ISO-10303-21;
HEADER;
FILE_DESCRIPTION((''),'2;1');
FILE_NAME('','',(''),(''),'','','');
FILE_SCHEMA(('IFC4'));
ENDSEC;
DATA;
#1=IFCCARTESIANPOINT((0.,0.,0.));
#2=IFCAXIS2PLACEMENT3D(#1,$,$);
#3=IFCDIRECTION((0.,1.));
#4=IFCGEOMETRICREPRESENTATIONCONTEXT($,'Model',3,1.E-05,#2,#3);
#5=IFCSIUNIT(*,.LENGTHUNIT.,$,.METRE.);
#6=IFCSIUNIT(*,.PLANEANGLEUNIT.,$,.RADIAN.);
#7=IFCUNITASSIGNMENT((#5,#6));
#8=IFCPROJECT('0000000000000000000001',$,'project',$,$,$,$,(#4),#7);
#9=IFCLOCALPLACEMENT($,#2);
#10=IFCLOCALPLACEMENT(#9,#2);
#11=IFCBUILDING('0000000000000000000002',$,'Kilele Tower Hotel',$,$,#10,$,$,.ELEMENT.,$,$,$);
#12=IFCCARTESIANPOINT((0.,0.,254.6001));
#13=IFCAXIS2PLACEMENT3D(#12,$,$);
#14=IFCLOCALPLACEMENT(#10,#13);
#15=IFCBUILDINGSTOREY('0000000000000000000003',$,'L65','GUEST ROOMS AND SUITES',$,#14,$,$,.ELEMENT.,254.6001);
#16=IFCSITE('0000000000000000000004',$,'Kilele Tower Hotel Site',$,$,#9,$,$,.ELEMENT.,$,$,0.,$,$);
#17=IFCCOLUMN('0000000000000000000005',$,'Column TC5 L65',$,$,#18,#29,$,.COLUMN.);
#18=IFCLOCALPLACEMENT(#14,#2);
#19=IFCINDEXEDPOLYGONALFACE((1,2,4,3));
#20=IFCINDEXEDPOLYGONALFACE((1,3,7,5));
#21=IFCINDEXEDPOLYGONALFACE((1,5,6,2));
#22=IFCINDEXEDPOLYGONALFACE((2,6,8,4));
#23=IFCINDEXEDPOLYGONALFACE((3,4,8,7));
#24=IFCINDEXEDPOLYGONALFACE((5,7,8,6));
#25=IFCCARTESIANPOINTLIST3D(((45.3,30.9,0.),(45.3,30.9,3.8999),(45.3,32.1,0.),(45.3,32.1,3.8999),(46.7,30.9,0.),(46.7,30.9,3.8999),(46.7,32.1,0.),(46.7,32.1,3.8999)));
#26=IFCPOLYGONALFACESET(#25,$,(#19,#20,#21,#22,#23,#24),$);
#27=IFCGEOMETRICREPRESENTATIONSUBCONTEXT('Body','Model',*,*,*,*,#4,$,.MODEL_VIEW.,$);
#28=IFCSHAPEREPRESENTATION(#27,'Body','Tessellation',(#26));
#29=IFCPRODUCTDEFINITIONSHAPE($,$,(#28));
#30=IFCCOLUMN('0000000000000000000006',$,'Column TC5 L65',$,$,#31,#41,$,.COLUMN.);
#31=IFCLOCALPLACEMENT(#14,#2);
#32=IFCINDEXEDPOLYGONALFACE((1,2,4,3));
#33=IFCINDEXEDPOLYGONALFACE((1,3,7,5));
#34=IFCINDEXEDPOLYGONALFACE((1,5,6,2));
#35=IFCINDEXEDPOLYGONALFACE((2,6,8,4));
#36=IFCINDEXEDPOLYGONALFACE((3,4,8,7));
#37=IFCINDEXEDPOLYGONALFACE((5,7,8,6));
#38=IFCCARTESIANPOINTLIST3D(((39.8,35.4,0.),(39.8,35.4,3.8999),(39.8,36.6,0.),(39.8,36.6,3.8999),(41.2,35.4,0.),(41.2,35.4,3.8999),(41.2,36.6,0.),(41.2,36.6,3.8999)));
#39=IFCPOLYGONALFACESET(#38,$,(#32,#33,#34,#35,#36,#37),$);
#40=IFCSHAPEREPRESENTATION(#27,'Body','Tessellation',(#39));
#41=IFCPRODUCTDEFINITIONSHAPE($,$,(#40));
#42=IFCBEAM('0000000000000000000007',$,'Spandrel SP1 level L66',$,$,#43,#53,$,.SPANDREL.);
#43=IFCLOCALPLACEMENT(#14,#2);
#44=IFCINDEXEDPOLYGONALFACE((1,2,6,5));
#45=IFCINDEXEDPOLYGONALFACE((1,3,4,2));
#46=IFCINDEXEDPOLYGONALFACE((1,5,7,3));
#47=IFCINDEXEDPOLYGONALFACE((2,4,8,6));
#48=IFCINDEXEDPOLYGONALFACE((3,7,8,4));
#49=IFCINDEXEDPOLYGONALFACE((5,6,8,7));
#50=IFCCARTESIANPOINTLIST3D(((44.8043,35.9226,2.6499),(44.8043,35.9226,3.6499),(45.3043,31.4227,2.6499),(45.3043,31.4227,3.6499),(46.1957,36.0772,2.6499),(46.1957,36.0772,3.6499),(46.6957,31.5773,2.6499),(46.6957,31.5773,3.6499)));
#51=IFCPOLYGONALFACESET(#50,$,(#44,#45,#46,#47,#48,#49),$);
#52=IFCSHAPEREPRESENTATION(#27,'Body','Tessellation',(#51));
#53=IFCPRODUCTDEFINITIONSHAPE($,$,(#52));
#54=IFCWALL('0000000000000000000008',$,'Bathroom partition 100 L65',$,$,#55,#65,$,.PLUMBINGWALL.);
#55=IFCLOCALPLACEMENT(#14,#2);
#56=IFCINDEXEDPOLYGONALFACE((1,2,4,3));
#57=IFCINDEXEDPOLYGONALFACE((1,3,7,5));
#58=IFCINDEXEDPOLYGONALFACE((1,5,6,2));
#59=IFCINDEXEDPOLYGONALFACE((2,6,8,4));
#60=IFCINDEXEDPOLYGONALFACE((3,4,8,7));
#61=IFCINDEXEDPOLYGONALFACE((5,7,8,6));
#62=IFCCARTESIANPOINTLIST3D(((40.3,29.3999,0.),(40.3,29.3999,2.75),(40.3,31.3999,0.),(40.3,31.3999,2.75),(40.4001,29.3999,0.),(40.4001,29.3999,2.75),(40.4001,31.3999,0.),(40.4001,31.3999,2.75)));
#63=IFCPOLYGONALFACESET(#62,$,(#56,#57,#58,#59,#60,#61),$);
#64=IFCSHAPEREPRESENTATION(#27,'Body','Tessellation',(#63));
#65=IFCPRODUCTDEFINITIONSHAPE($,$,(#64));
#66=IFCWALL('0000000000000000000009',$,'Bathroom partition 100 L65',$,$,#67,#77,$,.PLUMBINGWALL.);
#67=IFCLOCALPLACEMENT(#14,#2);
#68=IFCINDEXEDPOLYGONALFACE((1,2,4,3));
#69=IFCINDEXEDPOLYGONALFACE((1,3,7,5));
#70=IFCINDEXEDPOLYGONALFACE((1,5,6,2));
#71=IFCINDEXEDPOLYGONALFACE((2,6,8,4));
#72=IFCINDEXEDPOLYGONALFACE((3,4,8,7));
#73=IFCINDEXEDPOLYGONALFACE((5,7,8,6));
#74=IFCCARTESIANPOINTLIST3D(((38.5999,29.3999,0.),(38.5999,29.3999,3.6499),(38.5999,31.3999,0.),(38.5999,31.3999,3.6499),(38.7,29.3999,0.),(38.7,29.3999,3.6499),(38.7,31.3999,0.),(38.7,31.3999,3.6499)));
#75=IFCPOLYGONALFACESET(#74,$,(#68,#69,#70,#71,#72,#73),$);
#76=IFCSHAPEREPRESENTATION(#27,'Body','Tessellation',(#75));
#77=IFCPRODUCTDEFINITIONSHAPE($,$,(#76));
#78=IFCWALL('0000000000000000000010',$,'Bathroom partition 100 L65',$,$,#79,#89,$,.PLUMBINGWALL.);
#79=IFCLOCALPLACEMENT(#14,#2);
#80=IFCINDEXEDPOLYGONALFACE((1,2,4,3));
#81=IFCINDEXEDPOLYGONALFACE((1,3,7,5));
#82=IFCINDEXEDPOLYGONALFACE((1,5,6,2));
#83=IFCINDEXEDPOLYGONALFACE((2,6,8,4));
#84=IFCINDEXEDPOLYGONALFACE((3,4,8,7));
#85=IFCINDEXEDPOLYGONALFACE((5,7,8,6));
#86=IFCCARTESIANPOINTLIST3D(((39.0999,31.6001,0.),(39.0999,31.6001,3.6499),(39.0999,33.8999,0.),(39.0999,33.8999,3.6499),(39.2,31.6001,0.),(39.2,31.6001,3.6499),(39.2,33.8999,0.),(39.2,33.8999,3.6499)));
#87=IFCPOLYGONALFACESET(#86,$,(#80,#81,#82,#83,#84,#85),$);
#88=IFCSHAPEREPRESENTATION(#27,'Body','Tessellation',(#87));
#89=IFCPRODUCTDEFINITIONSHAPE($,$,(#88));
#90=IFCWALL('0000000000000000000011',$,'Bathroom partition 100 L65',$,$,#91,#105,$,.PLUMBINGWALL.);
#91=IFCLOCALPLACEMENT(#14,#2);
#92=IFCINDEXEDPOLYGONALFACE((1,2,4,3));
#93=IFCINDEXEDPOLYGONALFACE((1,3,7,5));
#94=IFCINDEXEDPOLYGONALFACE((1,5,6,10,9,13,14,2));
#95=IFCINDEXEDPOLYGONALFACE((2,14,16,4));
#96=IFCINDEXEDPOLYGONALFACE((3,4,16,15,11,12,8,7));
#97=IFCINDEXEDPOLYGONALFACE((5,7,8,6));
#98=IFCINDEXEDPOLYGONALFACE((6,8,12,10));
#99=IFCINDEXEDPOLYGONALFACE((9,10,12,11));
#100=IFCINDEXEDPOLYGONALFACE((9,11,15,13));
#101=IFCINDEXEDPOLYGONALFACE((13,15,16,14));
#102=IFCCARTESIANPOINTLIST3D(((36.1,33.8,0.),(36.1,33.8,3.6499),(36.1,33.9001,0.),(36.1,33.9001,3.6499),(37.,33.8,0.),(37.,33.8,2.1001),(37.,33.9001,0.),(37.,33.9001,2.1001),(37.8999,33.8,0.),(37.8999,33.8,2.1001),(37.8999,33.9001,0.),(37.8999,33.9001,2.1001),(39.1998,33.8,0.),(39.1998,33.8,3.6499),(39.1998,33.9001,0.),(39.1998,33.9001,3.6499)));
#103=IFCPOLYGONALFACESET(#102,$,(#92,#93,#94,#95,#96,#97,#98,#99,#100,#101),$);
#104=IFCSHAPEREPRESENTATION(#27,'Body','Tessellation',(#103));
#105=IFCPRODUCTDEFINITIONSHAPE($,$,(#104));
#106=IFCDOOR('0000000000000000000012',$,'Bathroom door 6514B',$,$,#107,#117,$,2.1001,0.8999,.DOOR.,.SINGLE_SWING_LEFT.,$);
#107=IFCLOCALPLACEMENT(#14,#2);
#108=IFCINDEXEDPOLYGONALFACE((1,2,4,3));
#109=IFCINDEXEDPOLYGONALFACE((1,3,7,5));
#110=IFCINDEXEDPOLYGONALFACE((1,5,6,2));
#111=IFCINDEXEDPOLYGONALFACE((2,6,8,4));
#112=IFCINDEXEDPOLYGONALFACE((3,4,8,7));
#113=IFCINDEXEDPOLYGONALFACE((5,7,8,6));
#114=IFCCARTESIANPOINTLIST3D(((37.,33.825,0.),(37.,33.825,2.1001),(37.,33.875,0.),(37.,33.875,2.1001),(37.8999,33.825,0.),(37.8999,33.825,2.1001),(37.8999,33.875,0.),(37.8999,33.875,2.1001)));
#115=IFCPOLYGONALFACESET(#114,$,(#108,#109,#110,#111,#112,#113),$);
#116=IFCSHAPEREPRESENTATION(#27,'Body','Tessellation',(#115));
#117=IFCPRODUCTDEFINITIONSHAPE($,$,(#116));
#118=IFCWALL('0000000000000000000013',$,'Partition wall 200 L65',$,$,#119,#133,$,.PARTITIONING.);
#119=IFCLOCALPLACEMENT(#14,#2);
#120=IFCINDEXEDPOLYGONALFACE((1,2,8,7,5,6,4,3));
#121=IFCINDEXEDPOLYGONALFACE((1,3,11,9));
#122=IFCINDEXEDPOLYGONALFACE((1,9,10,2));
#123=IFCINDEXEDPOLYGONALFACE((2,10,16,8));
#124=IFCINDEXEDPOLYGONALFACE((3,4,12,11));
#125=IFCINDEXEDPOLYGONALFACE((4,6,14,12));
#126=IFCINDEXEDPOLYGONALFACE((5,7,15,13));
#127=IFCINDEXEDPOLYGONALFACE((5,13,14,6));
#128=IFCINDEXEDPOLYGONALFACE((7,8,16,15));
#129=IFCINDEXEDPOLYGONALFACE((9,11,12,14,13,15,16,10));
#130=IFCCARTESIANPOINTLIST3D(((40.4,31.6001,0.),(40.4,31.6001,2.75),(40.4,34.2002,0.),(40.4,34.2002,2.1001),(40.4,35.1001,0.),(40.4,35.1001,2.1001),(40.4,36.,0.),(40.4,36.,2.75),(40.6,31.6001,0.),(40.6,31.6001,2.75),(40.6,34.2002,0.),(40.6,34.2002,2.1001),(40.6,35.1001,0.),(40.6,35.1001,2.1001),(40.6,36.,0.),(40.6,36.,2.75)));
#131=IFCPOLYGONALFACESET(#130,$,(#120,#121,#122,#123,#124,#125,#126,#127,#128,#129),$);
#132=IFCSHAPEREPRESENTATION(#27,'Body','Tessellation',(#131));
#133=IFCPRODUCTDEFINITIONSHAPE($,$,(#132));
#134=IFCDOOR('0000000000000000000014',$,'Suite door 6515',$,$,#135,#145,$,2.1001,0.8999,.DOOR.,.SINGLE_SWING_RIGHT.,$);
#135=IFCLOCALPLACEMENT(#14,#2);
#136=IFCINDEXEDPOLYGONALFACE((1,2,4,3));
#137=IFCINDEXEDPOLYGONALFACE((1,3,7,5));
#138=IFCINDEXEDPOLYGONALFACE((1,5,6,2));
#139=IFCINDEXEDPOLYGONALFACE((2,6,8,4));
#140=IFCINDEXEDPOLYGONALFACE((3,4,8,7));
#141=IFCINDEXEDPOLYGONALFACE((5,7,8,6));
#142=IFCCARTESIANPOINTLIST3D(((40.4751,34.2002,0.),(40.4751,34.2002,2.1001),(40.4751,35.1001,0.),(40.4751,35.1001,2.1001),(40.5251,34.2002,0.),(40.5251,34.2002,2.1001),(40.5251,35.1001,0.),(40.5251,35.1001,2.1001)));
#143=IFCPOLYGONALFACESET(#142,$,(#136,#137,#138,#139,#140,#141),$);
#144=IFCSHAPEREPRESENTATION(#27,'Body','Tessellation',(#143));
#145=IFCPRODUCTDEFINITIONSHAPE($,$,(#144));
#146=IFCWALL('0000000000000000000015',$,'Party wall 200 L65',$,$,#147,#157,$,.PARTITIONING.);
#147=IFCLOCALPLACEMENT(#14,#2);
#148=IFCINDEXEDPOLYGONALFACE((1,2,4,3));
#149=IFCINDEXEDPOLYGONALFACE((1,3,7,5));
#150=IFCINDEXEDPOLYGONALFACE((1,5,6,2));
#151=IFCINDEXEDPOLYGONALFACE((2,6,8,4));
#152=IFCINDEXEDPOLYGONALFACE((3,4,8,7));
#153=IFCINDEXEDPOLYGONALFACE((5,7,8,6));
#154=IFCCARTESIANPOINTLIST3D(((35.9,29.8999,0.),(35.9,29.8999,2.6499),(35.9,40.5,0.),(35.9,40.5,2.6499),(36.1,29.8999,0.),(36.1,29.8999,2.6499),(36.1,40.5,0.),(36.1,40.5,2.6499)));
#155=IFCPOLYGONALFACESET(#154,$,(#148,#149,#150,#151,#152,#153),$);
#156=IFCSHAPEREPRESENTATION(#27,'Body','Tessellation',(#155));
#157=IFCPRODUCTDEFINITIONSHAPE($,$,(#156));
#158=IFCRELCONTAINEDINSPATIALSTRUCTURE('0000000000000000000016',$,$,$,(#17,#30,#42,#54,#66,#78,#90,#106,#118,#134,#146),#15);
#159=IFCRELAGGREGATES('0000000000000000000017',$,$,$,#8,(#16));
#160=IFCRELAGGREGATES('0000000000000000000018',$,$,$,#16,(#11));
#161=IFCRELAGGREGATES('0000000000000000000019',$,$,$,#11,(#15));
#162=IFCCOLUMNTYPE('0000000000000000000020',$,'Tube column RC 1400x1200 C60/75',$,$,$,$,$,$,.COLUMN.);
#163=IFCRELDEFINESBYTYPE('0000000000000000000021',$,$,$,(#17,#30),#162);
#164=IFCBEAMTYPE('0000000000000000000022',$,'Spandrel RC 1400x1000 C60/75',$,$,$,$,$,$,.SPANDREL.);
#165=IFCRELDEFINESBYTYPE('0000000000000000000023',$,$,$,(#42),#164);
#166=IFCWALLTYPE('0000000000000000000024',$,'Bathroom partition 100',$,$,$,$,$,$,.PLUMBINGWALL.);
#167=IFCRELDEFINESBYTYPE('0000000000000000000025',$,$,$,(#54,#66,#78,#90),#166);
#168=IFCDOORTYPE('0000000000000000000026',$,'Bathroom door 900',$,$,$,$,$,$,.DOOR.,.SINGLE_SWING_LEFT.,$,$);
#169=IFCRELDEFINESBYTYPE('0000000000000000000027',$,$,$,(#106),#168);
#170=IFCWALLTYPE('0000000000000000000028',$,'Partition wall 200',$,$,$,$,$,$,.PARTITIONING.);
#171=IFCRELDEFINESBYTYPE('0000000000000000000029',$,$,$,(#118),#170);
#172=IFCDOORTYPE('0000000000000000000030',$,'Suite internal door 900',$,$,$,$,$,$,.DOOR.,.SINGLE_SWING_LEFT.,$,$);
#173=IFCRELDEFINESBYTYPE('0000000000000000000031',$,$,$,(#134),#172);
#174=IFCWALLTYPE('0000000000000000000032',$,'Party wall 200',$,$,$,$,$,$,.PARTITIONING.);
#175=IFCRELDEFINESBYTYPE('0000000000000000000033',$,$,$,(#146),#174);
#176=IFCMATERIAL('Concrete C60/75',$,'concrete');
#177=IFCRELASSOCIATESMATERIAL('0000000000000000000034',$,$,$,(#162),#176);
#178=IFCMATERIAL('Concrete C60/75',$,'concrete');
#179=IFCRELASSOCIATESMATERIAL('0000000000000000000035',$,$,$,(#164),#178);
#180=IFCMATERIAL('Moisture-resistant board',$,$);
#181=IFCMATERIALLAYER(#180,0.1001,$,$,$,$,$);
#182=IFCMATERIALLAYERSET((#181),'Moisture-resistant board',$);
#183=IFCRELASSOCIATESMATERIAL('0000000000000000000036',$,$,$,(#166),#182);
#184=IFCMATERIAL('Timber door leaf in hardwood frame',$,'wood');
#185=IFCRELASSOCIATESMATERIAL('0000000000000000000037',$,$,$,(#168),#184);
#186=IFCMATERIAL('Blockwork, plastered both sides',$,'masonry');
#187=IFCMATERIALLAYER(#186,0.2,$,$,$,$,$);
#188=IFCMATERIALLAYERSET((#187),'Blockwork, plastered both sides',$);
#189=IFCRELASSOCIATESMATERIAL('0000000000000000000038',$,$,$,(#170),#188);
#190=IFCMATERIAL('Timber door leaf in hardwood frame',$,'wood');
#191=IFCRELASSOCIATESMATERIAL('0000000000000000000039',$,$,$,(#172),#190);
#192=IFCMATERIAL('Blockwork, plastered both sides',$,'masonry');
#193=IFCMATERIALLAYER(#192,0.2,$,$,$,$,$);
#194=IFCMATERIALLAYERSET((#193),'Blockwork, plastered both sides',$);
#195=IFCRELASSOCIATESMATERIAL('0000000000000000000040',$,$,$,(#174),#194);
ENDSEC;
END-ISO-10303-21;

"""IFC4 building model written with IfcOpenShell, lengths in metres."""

from ifc_helpers import new_model, si_unit, direction, frame, frame_2d, origin, origin_2d, place, context, subcontext, project, spatial, rectangle, extrude, material, layer, layer_set, material_profile, profile_set, type_object, element, fill, save


model = new_model("IFC4")

# Units and contexts
model_context = context("Model", 3, precision=1e-05, world=origin(), true_north=direction((0.0, 1.0)))
body_context = subcontext(model_context, "Body", "Model", "MODEL_VIEW")
ifc_project = project(units=[si_unit("LENGTHUNIT", "METRE"), si_unit("PLANEANGLEUNIT", "RADIAN")], contexts=[model_context])

# Site, building, storey
site_placement = place(None, origin())
site = spatial("IfcSite", under=ifc_project, at=site_placement, Name="Kilele Tower Hotel Site", CompositionType="ELEMENT", RefElevation=0.0)
building_placement = place(site_placement, origin())
building = spatial("IfcBuilding", under=site, at=building_placement, Name="Kilele Tower Hotel", CompositionType="ELEMENT")
storey_placement = place(building_placement, frame((0.0, 0.0, 254.6001)))
storey = spatial("IfcBuildingStorey", under=building, at=storey_placement, Name="L65", Description="GUEST ROOMS AND SUITES", CompositionType="ELEMENT", Elevation=254.6001)

# Columns
ifc_material_1 = material(Name="Concrete C60/75", Category="concrete")
ifc_material_profile_1 = material_profile(ifc_material_1, rectangle(XDim=1.3999, YDim=1.2, at=origin_2d()))
ifc_profile_set_1 = profile_set([ifc_material_profile_1], Name="Concrete C60/75")
column_type = type_object("IfcColumnType", Name="Tube column RC 1400x1200 C60/75", PredefinedType="COLUMN", material=ifc_profile_set_1)
for number, where, z_axis, x_axis, name in (
    (1, (46.0, 31.5, 0.0), (0.0, 0.0, 1.0), (1.0, 0.0, 0.0), "Column TC5 L65"),
    (2, (40.5, 36.0, 0.0), (0.0, 0.0, 1.0), (1.0, 0.0, 0.0), "Column TC5 L65"),
):
    element("IfcColumn", number, at=place(storey_placement, frame(where, z_axis=z_axis, x_axis=x_axis)), inside=storey, type_object=column_type, Name=name, PredefinedType="COLUMN", context=body_context, shape_type="SweptSolid", body=[
        extrude(rectangle(XDim=1.3999, YDim=1.2, at=origin_2d()), origin(), (0.0, 0.0, 1.0), 3.8999),
    ])

# Beam
ifc_material_2 = material(Name="Concrete C60/75", Category="concrete")
ifc_material_profile_2 = material_profile(ifc_material_2, rectangle(XDim=1.3999, YDim=1.0, at=origin_2d()))
ifc_profile_set_2 = profile_set([ifc_material_profile_2], Name="Concrete C60/75")
beam_type = type_object("IfcBeamType", Name="Spandrel RC 1400x1000 C60/75", PredefinedType="SPANDREL", material=ifc_profile_set_2)
beam_placement = place(storey_placement, frame((46.0, 31.5, 3.1499), z_axis=(-0.110432, 0.993884, 0.0), x_axis=(-0.993884, -0.110432, 0.0)))
element("IfcBeam", 3, at=beam_placement, inside=storey, type_object=beam_type, Name="Spandrel SP1 level L66", PredefinedType="SPANDREL", context=body_context, shape_type="SweptSolid", body=[
    extrude(rectangle(XDim=1.3999, YDim=1.0, at=origin_2d()), origin(), (0.0, 0.0, 1.0), 4.5276),
])

# Walls
ifc_material_3 = material(Name="Moisture-resistant board")
ifc_layer_1 = layer(ifc_material_3, 0.1001)
ifc_layer_set_1 = layer_set([ifc_layer_1], Name="Moisture-resistant board")
wall_type_1 = type_object("IfcWallType", Name="Bathroom partition 100", PredefinedType="PLUMBINGWALL", material=ifc_layer_set_1)
wall_1_placement = place(storey_placement, frame((40.3501, 31.3999, 0.0), z_axis=(0.0, 0.0, 1.0), x_axis=(0.0, -1.0, 0.0)))
element("IfcWall", 4, at=wall_1_placement, inside=storey, type_object=wall_type_1, Name="Bathroom partition 100 L65", PredefinedType="PLUMBINGWALL", context=body_context, shape_type="SweptSolid", body=[
    extrude(rectangle(XDim=2.0, YDim=0.1001, at=frame_2d((1.0, 0.0))), origin(), (0.0, 0.0, 1.0), 2.75),
])
wall_2_placement = place(storey_placement, frame((38.6499, 31.3999, 0.0), z_axis=(0.0, 0.0, 1.0), x_axis=(0.0, -1.0, 0.0)))
element("IfcWall", 5, at=wall_2_placement, inside=storey, type_object=wall_type_1, Name="Bathroom partition 100 L65", PredefinedType="PLUMBINGWALL", context=body_context, shape_type="SweptSolid", body=[
    extrude(rectangle(XDim=2.0, YDim=0.1001, at=frame_2d((1.0, 0.0))), origin(), (0.0, 0.0, 1.0), 3.6499),
])
wall_3_placement = place(storey_placement, frame((39.1499, 31.6001, 0.0), z_axis=(0.0, 0.0, 1.0), x_axis=(0.0, 1.0, 0.0)))
element("IfcWall", 6, at=wall_3_placement, inside=storey, type_object=wall_type_1, Name="Bathroom partition 100 L65", PredefinedType="PLUMBINGWALL", context=body_context, shape_type="SweptSolid", body=[
    extrude(rectangle(XDim=2.2998, YDim=0.1001, at=frame_2d((1.1499, 0.0))), origin(), (0.0, 0.0, 1.0), 3.6499),
])

# Walls, openings, doors
wall_4_placement = place(storey_placement, frame((36.1001, 33.8501, 0.0), z_axis=(0.0, 0.0, 1.0), x_axis=(1.0, 0.0, 0.0)))
wall_4 = element("IfcWall", 7, at=wall_4_placement, inside=storey, type_object=wall_type_1, Name="Bathroom partition 100 L65", PredefinedType="PLUMBINGWALL", context=body_context, shape_type="SweptSolid", body=[
    extrude(rectangle(XDim=3.0999, YDim=0.1001, at=frame_2d((1.5498, 0.0))), origin(), (0.0, 0.0, 1.0), 3.6499),
])
opening_1_placement = place(wall_4_placement, frame((0.8999, 0.0, 0.0)))
opening_1 = element("IfcOpeningElement", 8, at=opening_1_placement, cuts=wall_4, PredefinedType="OPENING", context=body_context, shape_type="SweptSolid", body=[
    extrude(rectangle(XDim=0.8999, YDim=2.1001, at=frame_2d((0.45, 1.05))), frame((0.0, 0.0601, 0.0), z_axis=(0.0, -1.0, 0.0), x_axis=(1.0, 0.0, 0.0)), (0.0, 0.0, 1.0), 0.1201),
])
ifc_material_4 = material(Name="Timber door leaf in hardwood frame", Category="wood")
door_type_1 = type_object("IfcDoorType", Name="Bathroom door 900", OperationType="SINGLE_SWING_LEFT", PredefinedType="DOOR", material=ifc_material_4)
door_1_placement = place(opening_1_placement, origin())
door_1 = element("IfcDoor", 9, at=door_1_placement, inside=storey, type_object=door_type_1, Name="Bathroom door 6514B", OperationType="SINGLE_SWING_LEFT", OverallHeight=2.1001, OverallWidth=0.8999, PredefinedType="DOOR", context=body_context, shape_type="SweptSolid", body=[
    extrude(rectangle(XDim=0.8999, YDim=2.1001, at=frame_2d((0.45, 1.05))), frame((0.0, 0.0249, 0.0), z_axis=(0.0, -1.0, 0.0), x_axis=(1.0, 0.0, 0.0)), (0.0, 0.0, 1.0), 0.05),
])
fill(opening_1, door_1)
ifc_material_5 = material(Name="Blockwork, plastered both sides", Category="masonry")
ifc_layer_2 = layer(ifc_material_5, 0.2)
ifc_layer_set_2 = layer_set([ifc_layer_2], Name="Blockwork, plastered both sides")
wall_type_2 = type_object("IfcWallType", Name="Partition wall 200", PredefinedType="PARTITIONING", material=ifc_layer_set_2)
wall_5_placement = place(storey_placement, frame((40.5, 31.6001, 0.0), z_axis=(0.0, 0.0, 1.0), x_axis=(0.0, 1.0, 0.0)))
wall_5 = element("IfcWall", 10, at=wall_5_placement, inside=storey, type_object=wall_type_2, Name="Partition wall 200 L65", PredefinedType="PARTITIONING", context=body_context, shape_type="SweptSolid", body=[
    extrude(rectangle(XDim=4.3999, YDim=0.2, at=frame_2d((2.2, 0.0))), origin(), (0.0, 0.0, 1.0), 2.75),
])
opening_2_placement = place(wall_5_placement, frame((2.6001, 0.0, 0.0)))
opening_2 = element("IfcOpeningElement", 11, at=opening_2_placement, cuts=wall_5, PredefinedType="OPENING", context=body_context, shape_type="SweptSolid", body=[
    extrude(rectangle(XDim=0.8999, YDim=2.1001, at=frame_2d((0.45, 1.05))), frame((0.0, 0.1099, 0.0), z_axis=(0.0, -1.0, 0.0), x_axis=(1.0, 0.0, 0.0)), (0.0, 0.0, 1.0), 0.22),
])
ifc_material_6 = material(Name="Timber door leaf in hardwood frame", Category="wood")
door_type_2 = type_object("IfcDoorType", Name="Suite internal door 900", OperationType="SINGLE_SWING_LEFT", PredefinedType="DOOR", material=ifc_material_6)
door_2_placement = place(opening_2_placement, origin())
door_2 = element("IfcDoor", 12, at=door_2_placement, inside=storey, type_object=door_type_2, Name="Suite door 6515", OperationType="SINGLE_SWING_RIGHT", OverallHeight=2.1001, OverallWidth=0.8999, PredefinedType="DOOR", context=body_context, shape_type="SweptSolid", body=[
    extrude(rectangle(XDim=0.8999, YDim=2.1001, at=frame_2d((0.45, 1.05))), frame((0.0, 0.0249, 0.0), z_axis=(0.0, -1.0, 0.0), x_axis=(1.0, 0.0, 0.0)), (0.0, 0.0, 1.0), 0.05),
])
fill(opening_2, door_2)

# Wall
ifc_material_7 = material(Name="Blockwork, plastered both sides", Category="masonry")
ifc_layer_3 = layer(ifc_material_7, 0.2)
ifc_layer_set_3 = layer_set([ifc_layer_3], Name="Blockwork, plastered both sides")
wall_type_3 = type_object("IfcWallType", Name="Party wall 200", PredefinedType="PARTITIONING", material=ifc_layer_set_3)
wall_6_placement = place(storey_placement, frame((36.0, 29.8999, 0.0), z_axis=(0.0, 0.0, 1.0), x_axis=(0.0, 1.0, 0.0)))
element("IfcWall", 13, at=wall_6_placement, inside=storey, type_object=wall_type_3, Name="Party wall 200 L65", PredefinedType="PARTITIONING", context=body_context, shape_type="SweptSolid", body=[
    extrude(rectangle(XDim=10.6001, YDim=0.2, at=frame_2d((5.3, 0.0))), origin(), (0.0, 0.0, 1.0), 2.6499),
])

save(model, "model.ifc")
